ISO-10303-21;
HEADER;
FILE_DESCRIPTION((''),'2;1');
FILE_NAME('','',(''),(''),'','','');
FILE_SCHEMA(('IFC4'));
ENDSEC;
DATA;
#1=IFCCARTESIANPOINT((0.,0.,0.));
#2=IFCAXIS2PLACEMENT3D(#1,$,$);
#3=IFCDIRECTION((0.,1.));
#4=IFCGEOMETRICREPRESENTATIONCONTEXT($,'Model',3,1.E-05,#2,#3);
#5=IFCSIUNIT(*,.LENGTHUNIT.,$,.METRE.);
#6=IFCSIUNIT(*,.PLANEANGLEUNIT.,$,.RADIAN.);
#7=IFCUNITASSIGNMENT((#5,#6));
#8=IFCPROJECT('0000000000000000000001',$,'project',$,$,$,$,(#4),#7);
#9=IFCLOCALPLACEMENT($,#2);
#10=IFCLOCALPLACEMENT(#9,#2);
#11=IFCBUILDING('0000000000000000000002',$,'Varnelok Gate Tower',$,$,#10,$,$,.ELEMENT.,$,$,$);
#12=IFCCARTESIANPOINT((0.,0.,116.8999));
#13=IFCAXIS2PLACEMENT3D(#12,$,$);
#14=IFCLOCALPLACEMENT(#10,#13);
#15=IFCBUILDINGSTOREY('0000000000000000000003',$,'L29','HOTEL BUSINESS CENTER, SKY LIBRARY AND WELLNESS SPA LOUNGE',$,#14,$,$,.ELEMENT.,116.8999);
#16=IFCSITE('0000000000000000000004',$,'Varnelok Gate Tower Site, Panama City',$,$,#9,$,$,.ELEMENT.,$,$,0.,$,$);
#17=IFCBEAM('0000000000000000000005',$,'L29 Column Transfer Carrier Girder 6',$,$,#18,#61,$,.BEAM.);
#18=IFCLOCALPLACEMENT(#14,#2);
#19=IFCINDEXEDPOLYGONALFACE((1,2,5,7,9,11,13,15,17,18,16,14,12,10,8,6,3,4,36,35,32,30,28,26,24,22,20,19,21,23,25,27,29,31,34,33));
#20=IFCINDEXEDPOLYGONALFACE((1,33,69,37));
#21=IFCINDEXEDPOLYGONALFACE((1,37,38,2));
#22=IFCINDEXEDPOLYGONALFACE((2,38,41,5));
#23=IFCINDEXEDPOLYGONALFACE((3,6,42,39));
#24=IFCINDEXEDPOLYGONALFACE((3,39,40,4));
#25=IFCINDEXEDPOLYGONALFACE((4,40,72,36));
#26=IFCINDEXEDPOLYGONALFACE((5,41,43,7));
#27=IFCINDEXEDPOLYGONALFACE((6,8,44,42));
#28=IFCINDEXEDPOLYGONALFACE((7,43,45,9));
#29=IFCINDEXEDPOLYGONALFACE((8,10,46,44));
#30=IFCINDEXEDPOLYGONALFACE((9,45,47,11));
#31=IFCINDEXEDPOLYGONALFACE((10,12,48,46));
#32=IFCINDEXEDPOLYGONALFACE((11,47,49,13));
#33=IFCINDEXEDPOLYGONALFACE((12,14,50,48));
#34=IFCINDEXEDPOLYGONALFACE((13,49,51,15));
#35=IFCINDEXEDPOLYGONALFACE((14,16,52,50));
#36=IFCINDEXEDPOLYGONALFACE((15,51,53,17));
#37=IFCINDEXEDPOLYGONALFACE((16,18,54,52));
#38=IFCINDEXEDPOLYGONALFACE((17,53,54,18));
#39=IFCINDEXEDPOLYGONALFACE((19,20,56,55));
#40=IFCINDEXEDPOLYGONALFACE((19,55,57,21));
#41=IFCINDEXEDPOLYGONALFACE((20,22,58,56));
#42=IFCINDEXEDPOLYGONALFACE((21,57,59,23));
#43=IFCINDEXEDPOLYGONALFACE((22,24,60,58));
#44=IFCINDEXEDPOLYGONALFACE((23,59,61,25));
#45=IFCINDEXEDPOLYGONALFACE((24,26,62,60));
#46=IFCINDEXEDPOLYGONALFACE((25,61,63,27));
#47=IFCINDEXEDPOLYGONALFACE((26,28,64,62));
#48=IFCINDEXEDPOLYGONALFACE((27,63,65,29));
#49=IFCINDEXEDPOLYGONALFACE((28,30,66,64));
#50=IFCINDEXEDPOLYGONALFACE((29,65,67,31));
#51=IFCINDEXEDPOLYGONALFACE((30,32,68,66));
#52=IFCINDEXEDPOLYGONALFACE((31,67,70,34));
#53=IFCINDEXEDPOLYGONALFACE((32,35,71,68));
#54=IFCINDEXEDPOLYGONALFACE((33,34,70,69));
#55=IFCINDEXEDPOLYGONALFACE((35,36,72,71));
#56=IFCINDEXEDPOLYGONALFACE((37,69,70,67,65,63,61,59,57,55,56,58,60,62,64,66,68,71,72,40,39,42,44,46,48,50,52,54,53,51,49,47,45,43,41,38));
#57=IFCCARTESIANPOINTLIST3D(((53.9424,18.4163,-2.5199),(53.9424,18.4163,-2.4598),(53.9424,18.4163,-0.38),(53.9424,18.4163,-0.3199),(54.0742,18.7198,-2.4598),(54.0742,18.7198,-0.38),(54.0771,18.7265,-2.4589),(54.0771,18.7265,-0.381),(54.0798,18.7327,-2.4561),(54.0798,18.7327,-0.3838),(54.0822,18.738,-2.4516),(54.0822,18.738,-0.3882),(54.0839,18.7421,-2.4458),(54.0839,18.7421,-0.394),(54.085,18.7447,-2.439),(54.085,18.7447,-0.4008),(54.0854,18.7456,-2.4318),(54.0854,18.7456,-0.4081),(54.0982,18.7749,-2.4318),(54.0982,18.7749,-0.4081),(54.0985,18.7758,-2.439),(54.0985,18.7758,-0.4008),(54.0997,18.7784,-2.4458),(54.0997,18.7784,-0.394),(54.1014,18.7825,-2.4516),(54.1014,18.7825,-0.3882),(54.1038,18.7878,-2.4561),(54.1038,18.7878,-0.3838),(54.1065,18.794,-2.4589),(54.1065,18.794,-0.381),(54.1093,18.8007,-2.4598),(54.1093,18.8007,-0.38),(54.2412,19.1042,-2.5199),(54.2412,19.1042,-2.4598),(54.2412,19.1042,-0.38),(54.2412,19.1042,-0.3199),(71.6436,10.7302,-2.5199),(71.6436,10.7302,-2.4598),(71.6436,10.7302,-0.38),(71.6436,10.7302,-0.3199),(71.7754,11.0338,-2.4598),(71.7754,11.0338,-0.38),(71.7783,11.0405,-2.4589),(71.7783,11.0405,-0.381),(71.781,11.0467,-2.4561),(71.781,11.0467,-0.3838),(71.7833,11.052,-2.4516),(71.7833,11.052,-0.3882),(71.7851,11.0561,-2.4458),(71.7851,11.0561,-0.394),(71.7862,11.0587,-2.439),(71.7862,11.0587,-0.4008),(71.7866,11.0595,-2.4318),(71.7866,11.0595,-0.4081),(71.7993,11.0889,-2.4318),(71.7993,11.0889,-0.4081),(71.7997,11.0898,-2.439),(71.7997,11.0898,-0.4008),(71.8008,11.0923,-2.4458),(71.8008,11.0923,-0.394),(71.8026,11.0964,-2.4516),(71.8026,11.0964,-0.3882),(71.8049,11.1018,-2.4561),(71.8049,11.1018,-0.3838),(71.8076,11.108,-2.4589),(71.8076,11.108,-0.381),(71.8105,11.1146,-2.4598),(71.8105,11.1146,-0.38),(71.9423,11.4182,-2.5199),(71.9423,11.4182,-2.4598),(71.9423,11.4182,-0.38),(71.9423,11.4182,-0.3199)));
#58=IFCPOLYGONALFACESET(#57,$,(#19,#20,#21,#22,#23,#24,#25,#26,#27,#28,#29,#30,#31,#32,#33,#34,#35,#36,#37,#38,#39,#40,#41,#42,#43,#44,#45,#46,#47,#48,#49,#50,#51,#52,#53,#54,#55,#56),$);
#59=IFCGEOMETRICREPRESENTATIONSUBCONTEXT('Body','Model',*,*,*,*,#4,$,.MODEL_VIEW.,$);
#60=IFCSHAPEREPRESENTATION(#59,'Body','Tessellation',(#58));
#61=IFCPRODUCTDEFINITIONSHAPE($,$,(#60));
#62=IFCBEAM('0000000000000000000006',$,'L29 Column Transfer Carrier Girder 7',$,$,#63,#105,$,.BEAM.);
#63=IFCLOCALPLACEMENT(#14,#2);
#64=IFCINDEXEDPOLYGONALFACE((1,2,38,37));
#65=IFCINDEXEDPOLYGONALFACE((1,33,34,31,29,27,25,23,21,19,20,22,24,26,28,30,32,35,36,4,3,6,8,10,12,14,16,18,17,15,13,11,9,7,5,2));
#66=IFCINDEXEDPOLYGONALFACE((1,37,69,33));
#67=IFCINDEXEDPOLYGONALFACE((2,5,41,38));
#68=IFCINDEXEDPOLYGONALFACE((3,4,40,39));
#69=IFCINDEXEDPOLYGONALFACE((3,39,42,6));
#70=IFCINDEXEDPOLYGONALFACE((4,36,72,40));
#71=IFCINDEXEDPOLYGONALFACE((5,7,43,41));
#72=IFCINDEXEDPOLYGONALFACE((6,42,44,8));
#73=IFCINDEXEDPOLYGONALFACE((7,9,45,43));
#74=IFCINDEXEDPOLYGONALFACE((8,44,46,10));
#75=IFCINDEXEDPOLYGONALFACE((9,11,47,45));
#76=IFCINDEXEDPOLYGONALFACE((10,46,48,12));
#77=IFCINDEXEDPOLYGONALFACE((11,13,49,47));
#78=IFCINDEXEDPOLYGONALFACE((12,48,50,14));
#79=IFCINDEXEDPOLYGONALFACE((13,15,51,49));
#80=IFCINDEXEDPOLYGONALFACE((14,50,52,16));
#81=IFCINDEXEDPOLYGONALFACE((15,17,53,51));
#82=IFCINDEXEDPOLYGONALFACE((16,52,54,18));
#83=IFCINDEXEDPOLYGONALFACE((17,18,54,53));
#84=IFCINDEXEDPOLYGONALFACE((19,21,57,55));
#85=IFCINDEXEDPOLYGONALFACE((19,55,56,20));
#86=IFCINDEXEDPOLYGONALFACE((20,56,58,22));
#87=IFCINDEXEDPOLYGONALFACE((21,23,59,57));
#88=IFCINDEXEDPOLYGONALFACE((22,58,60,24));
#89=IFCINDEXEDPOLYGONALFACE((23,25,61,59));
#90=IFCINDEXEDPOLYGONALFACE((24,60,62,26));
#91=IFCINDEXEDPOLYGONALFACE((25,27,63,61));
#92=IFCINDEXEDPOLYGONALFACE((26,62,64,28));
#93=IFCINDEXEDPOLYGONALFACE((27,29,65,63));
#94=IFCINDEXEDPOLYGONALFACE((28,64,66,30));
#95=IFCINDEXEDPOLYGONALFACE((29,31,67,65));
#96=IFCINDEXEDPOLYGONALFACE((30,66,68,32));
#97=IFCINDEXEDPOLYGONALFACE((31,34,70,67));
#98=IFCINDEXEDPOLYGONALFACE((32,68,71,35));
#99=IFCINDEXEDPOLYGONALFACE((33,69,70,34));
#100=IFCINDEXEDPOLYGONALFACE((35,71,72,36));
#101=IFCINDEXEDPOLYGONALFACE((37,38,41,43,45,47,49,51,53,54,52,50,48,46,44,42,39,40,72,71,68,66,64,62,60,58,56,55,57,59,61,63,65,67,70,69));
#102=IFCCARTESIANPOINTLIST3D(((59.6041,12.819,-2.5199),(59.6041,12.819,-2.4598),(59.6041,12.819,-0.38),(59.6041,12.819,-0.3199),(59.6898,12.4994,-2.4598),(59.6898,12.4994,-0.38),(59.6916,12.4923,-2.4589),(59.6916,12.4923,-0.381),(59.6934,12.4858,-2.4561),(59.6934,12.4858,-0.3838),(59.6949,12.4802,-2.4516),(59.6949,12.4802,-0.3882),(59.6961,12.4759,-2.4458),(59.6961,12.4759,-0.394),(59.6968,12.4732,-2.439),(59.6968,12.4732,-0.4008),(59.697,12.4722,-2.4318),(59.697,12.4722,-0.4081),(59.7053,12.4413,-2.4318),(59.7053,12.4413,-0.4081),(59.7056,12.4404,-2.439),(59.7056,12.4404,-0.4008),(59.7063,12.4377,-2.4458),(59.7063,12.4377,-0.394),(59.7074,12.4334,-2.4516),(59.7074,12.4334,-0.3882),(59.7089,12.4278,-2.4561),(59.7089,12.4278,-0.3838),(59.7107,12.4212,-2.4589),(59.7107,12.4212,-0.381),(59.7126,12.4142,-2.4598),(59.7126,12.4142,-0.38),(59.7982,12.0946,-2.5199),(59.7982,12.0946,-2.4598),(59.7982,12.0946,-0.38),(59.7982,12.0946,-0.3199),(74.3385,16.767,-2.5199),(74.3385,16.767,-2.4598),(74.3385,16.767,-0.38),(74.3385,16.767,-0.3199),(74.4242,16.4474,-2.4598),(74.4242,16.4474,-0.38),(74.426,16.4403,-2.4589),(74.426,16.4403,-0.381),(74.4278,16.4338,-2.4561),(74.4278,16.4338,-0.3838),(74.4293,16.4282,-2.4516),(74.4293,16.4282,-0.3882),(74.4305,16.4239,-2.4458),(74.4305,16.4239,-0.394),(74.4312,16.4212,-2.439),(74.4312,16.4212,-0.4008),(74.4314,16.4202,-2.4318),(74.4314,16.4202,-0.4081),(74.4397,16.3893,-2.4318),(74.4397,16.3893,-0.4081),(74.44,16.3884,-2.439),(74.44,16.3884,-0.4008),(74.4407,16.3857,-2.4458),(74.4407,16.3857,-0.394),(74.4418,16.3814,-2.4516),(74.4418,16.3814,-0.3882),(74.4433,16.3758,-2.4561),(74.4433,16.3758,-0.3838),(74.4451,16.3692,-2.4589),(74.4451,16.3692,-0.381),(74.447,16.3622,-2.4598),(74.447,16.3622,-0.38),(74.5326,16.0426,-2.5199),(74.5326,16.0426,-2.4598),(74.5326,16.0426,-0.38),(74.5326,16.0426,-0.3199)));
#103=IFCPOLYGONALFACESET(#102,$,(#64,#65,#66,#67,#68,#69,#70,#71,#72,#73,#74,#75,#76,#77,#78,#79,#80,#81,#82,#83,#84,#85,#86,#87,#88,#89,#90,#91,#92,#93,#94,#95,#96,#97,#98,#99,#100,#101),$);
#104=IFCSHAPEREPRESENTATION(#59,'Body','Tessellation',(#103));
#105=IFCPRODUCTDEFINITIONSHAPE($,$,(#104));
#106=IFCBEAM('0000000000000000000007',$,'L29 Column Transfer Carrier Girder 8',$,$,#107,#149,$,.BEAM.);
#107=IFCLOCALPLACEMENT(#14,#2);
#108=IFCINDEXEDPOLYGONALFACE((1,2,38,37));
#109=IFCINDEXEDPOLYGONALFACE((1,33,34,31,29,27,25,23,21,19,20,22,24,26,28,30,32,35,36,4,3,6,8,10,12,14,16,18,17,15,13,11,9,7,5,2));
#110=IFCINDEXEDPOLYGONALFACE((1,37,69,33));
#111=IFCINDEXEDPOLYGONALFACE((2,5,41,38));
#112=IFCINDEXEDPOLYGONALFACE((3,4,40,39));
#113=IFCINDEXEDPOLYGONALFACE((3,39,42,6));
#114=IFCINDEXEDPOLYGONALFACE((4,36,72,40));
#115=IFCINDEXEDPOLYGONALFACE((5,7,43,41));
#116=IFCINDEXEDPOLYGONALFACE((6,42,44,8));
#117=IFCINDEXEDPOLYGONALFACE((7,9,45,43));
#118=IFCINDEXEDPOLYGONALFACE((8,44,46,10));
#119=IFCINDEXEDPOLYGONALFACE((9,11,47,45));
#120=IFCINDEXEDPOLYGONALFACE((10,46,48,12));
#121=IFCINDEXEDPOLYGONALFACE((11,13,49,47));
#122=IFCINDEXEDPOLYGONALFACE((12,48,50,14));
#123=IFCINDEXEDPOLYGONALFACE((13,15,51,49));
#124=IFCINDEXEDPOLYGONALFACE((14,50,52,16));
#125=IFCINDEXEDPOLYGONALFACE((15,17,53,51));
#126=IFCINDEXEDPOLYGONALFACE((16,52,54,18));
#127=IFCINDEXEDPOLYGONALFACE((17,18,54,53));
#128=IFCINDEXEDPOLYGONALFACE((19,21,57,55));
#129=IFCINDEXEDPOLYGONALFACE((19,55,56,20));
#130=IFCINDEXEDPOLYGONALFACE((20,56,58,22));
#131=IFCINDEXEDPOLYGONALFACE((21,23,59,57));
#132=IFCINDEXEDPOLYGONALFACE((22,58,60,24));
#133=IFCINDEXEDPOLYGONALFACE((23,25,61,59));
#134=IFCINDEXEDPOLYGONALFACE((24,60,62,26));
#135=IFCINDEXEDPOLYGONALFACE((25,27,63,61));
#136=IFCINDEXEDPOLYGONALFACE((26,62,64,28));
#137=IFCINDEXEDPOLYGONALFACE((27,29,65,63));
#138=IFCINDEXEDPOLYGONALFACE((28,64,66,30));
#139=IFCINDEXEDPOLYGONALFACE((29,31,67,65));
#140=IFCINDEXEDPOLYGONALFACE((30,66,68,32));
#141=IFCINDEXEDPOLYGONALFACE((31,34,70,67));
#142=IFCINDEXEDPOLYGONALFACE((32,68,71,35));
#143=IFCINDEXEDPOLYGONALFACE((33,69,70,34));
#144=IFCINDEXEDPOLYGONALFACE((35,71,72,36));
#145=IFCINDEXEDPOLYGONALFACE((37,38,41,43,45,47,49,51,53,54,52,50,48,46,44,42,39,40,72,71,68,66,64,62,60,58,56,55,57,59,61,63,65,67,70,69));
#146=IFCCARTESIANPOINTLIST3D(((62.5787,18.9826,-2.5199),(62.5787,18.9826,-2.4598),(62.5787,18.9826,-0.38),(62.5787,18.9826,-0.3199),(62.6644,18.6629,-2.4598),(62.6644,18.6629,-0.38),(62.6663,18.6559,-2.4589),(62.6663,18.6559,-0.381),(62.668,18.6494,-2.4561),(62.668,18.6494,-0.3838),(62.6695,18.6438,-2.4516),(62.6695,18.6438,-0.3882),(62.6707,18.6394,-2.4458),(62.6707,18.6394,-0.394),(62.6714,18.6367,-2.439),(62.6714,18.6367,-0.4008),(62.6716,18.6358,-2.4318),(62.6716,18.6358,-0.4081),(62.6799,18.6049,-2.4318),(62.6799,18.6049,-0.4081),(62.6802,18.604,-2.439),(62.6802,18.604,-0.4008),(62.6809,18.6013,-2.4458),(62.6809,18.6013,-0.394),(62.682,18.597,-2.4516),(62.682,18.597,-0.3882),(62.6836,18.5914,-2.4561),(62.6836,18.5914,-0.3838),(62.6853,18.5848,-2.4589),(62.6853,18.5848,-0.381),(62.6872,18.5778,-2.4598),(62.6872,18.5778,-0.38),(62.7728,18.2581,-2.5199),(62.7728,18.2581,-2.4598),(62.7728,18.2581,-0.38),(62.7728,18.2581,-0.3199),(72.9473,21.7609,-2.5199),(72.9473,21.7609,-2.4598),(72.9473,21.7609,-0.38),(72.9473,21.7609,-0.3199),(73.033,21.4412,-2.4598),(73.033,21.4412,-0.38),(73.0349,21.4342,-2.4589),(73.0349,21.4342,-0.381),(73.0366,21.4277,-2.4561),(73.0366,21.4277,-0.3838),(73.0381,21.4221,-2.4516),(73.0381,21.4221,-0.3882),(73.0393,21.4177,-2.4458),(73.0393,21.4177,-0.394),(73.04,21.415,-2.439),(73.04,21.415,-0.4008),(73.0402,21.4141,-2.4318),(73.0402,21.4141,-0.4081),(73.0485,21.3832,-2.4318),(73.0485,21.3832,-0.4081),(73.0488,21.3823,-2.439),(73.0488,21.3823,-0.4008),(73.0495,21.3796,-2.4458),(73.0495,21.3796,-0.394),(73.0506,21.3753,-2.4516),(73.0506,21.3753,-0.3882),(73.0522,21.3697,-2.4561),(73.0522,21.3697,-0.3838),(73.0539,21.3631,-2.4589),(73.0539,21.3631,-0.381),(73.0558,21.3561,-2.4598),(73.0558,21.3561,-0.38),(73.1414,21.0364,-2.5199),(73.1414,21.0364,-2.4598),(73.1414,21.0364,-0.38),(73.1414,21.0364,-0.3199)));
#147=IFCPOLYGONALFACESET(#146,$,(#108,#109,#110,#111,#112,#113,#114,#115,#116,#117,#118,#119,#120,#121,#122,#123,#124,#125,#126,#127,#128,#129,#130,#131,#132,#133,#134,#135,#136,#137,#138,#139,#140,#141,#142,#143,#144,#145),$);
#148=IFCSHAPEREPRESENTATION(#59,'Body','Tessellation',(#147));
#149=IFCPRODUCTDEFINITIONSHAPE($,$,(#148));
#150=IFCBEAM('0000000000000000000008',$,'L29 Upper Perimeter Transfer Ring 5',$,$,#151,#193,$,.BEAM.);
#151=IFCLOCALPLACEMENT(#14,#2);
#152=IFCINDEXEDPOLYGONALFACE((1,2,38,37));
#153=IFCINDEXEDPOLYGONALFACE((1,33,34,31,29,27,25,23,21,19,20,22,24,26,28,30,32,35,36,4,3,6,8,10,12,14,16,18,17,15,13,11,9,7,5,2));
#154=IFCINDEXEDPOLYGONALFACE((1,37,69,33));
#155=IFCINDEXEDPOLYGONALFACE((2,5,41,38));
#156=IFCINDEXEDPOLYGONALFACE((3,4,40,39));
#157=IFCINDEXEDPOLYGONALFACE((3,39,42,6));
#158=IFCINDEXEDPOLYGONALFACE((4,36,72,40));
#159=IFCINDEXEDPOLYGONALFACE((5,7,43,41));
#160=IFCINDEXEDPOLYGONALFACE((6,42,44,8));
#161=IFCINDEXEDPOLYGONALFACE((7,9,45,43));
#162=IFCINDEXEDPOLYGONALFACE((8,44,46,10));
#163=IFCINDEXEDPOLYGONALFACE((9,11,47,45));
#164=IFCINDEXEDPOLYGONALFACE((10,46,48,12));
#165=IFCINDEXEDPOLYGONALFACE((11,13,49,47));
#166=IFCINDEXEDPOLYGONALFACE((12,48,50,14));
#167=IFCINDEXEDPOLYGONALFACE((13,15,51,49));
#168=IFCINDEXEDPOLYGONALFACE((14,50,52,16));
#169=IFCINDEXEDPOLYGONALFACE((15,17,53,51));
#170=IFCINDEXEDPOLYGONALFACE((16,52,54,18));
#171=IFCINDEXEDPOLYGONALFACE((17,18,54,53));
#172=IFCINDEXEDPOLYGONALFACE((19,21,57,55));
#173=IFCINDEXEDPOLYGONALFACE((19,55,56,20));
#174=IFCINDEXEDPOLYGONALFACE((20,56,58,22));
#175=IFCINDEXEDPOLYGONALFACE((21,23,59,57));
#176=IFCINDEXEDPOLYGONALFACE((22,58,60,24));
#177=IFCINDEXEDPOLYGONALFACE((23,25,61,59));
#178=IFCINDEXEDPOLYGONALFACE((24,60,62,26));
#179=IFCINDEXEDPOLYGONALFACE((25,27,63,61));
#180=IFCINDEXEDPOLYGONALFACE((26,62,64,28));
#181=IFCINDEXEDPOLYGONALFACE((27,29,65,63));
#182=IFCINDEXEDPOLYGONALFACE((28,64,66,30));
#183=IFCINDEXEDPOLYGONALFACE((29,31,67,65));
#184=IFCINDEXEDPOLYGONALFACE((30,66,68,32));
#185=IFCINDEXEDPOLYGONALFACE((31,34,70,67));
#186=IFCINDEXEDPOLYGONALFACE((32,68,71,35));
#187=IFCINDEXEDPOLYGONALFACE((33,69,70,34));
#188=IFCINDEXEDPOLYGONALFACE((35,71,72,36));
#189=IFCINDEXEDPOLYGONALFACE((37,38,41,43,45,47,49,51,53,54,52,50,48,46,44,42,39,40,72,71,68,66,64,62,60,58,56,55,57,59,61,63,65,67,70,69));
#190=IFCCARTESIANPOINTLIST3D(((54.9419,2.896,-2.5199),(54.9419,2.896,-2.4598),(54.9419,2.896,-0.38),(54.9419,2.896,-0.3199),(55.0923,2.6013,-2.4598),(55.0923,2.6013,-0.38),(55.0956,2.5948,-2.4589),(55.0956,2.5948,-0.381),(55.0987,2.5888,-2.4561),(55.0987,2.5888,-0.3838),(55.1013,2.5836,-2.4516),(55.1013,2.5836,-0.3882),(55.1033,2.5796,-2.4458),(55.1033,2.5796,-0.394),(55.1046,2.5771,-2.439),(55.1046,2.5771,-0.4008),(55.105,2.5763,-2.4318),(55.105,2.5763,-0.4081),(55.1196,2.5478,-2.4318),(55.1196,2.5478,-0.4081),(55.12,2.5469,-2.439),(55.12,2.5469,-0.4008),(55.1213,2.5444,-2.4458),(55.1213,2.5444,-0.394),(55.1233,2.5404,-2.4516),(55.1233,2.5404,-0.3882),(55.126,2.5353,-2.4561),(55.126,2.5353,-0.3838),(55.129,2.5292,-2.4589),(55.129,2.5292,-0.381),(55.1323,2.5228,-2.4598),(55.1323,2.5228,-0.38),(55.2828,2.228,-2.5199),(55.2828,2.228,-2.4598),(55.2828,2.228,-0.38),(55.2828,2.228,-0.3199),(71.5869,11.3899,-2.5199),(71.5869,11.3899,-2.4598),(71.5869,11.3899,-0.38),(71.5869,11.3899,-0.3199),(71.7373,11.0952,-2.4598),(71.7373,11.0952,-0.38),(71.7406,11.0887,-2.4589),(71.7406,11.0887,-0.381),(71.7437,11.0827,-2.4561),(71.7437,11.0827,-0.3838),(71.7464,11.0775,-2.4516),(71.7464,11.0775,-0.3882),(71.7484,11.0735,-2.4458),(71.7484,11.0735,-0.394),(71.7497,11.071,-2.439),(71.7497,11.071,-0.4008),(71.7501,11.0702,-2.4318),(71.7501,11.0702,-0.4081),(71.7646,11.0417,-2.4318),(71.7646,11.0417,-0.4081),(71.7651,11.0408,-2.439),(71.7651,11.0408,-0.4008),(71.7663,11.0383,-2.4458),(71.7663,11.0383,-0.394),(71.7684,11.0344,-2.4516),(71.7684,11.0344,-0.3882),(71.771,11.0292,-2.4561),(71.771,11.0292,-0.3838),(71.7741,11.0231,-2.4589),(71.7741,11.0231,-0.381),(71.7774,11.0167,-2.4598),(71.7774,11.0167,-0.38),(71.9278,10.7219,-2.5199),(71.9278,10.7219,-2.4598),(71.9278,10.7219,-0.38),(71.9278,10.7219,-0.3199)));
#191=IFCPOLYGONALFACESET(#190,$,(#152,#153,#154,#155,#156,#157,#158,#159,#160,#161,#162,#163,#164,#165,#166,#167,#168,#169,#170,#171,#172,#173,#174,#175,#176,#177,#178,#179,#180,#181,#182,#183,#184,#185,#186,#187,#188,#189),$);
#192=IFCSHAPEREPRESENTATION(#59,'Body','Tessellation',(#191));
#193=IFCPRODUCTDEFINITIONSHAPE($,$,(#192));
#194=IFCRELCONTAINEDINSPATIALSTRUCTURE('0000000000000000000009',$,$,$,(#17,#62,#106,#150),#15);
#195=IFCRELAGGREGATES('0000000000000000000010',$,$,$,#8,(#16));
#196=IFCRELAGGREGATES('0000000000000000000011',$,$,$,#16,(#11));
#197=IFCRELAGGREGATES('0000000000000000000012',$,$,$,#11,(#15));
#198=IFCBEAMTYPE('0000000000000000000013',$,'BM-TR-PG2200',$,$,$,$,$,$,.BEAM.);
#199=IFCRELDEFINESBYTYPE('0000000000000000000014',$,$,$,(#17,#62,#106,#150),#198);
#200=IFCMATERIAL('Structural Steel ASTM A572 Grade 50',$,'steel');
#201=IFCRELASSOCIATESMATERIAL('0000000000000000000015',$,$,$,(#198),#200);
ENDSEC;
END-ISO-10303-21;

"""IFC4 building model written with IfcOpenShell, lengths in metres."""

from ifc_helpers import new_model, si_unit, direction, frame, origin, origin_2d, place, context, subcontext, project, spatial, i_section, extrude, material, material_profile, profile_set, type_object, element, save


model = new_model("IFC4")

# Units and contexts
model_context = context("Model", 3, precision=1e-05, world=origin(), true_north=direction((0.0, 1.0)))
body_context = subcontext(model_context, "Body", "Model", "MODEL_VIEW")
ifc_project = project(units=[si_unit("LENGTHUNIT", "METRE"), si_unit("PLANEANGLEUNIT", "RADIAN")], contexts=[model_context])

# Site, building, storey
site_placement = place(None, origin())
site = spatial("IfcSite", under=ifc_project, at=site_placement, Name="Varnelok Gate Tower Site, Panama City", CompositionType="ELEMENT", RefElevation=0.0)
building_placement = place(site_placement, origin())
building = spatial("IfcBuilding", under=site, at=building_placement, Name="Varnelok Gate Tower", CompositionType="ELEMENT")
storey_placement = place(building_placement, frame((0.0, 0.0, 116.8999)))
storey = spatial("IfcBuildingStorey", under=building, at=storey_placement, Name="L29", Description="HOTEL BUSINESS CENTER, SKY LIBRARY AND WELLNESS SPA LOUNGE", CompositionType="ELEMENT", Elevation=116.8999)

# Beams
ifc_material_1 = material(Name="Structural Steel ASTM A572 Grade 50", Category="steel")
ifc_material_profile_1 = material_profile(ifc_material_1, i_section(OverallWidth=0.75, OverallDepth=2.2, WebThickness=0.032, FlangeThickness=0.0601, FilletRadius=0.0281, at=origin_2d()), Name="PG2200X750")
ifc_profile_set_1 = profile_set([ifc_material_profile_1], Name="Structural Steel ASTM A572 Grade 50")
beam_type = type_object("IfcBeamType", Name="BM-TR-PG2200", PredefinedType="BEAM", material=ifc_profile_set_1)
beam_1_placement = place(storey_placement, frame((54.0918, 18.7603, -1.4199), z_axis=(0.917262, -0.398285, 0.0), x_axis=(0.398285, 0.917262, 0.0)))
element("IfcBeam", 1, at=beam_1_placement, inside=storey, type_object=beam_type, Name="L29 Column Transfer Carrier Girder 6", PredefinedType="BEAM", context=body_context, shape_type="SweptSolid", body=[
    extrude(i_section(OverallWidth=0.75, OverallDepth=2.2, WebThickness=0.032, FlangeThickness=0.0601, FilletRadius=0.0281, at=origin_2d()), origin(), (0.0, 0.0, 1.0), 19.2979),
])
beam_2_placement = place(storey_placement, frame((59.7012, 12.4568, -1.4199), z_axis=(0.965927, 0.258815, 0.0), x_axis=(-0.258815, 0.965927, 0.0)))
element("IfcBeam", 2, at=beam_2_placement, inside=storey, type_object=beam_type, Name="L29 Column Transfer Carrier Girder 7", PredefinedType="BEAM", context=body_context, shape_type="SweptSolid", body=[
    extrude(i_section(OverallWidth=0.75, OverallDepth=2.2, WebThickness=0.032, FlangeThickness=0.0601, FilletRadius=0.0281, at=origin_2d()), origin(), (0.0, 0.0, 1.0), 15.2542),
])
beam_3_placement = place(storey_placement, frame((62.6758, 18.6204, -1.4199), z_axis=(0.965925, 0.258823, 0.0), x_axis=(-0.258823, 0.965925, 0.0)))
element("IfcBeam", 3, at=beam_3_placement, inside=storey, type_object=beam_type, Name="L29 Column Transfer Carrier Girder 8", PredefinedType="BEAM", context=body_context, shape_type="SweptSolid", body=[
    extrude(i_section(OverallWidth=0.75, OverallDepth=2.2, WebThickness=0.032, FlangeThickness=0.0601, FilletRadius=0.0281, at=origin_2d()), origin(), (0.0, 0.0, 1.0), 10.7344),
])
beam_4_placement = place(storey_placement, frame((55.1123, 2.562, -1.4199), z_axis=(0.890729, 0.454536, 0.0), x_axis=(-0.454536, 0.890729, 0.0)))
element("IfcBeam", 4, at=beam_4_placement, inside=storey, type_object=beam_type, Name="L29 Upper Perimeter Transfer Ring 5", PredefinedType="BEAM", context=body_context, shape_type="SweptSolid", body=[
    extrude(i_section(OverallWidth=0.75, OverallDepth=2.2, WebThickness=0.032, FlangeThickness=0.0601, FilletRadius=0.0281, at=origin_2d()), origin(), (0.0, 0.0, 1.0), 18.687),
])

save(model, "model.ifc")
